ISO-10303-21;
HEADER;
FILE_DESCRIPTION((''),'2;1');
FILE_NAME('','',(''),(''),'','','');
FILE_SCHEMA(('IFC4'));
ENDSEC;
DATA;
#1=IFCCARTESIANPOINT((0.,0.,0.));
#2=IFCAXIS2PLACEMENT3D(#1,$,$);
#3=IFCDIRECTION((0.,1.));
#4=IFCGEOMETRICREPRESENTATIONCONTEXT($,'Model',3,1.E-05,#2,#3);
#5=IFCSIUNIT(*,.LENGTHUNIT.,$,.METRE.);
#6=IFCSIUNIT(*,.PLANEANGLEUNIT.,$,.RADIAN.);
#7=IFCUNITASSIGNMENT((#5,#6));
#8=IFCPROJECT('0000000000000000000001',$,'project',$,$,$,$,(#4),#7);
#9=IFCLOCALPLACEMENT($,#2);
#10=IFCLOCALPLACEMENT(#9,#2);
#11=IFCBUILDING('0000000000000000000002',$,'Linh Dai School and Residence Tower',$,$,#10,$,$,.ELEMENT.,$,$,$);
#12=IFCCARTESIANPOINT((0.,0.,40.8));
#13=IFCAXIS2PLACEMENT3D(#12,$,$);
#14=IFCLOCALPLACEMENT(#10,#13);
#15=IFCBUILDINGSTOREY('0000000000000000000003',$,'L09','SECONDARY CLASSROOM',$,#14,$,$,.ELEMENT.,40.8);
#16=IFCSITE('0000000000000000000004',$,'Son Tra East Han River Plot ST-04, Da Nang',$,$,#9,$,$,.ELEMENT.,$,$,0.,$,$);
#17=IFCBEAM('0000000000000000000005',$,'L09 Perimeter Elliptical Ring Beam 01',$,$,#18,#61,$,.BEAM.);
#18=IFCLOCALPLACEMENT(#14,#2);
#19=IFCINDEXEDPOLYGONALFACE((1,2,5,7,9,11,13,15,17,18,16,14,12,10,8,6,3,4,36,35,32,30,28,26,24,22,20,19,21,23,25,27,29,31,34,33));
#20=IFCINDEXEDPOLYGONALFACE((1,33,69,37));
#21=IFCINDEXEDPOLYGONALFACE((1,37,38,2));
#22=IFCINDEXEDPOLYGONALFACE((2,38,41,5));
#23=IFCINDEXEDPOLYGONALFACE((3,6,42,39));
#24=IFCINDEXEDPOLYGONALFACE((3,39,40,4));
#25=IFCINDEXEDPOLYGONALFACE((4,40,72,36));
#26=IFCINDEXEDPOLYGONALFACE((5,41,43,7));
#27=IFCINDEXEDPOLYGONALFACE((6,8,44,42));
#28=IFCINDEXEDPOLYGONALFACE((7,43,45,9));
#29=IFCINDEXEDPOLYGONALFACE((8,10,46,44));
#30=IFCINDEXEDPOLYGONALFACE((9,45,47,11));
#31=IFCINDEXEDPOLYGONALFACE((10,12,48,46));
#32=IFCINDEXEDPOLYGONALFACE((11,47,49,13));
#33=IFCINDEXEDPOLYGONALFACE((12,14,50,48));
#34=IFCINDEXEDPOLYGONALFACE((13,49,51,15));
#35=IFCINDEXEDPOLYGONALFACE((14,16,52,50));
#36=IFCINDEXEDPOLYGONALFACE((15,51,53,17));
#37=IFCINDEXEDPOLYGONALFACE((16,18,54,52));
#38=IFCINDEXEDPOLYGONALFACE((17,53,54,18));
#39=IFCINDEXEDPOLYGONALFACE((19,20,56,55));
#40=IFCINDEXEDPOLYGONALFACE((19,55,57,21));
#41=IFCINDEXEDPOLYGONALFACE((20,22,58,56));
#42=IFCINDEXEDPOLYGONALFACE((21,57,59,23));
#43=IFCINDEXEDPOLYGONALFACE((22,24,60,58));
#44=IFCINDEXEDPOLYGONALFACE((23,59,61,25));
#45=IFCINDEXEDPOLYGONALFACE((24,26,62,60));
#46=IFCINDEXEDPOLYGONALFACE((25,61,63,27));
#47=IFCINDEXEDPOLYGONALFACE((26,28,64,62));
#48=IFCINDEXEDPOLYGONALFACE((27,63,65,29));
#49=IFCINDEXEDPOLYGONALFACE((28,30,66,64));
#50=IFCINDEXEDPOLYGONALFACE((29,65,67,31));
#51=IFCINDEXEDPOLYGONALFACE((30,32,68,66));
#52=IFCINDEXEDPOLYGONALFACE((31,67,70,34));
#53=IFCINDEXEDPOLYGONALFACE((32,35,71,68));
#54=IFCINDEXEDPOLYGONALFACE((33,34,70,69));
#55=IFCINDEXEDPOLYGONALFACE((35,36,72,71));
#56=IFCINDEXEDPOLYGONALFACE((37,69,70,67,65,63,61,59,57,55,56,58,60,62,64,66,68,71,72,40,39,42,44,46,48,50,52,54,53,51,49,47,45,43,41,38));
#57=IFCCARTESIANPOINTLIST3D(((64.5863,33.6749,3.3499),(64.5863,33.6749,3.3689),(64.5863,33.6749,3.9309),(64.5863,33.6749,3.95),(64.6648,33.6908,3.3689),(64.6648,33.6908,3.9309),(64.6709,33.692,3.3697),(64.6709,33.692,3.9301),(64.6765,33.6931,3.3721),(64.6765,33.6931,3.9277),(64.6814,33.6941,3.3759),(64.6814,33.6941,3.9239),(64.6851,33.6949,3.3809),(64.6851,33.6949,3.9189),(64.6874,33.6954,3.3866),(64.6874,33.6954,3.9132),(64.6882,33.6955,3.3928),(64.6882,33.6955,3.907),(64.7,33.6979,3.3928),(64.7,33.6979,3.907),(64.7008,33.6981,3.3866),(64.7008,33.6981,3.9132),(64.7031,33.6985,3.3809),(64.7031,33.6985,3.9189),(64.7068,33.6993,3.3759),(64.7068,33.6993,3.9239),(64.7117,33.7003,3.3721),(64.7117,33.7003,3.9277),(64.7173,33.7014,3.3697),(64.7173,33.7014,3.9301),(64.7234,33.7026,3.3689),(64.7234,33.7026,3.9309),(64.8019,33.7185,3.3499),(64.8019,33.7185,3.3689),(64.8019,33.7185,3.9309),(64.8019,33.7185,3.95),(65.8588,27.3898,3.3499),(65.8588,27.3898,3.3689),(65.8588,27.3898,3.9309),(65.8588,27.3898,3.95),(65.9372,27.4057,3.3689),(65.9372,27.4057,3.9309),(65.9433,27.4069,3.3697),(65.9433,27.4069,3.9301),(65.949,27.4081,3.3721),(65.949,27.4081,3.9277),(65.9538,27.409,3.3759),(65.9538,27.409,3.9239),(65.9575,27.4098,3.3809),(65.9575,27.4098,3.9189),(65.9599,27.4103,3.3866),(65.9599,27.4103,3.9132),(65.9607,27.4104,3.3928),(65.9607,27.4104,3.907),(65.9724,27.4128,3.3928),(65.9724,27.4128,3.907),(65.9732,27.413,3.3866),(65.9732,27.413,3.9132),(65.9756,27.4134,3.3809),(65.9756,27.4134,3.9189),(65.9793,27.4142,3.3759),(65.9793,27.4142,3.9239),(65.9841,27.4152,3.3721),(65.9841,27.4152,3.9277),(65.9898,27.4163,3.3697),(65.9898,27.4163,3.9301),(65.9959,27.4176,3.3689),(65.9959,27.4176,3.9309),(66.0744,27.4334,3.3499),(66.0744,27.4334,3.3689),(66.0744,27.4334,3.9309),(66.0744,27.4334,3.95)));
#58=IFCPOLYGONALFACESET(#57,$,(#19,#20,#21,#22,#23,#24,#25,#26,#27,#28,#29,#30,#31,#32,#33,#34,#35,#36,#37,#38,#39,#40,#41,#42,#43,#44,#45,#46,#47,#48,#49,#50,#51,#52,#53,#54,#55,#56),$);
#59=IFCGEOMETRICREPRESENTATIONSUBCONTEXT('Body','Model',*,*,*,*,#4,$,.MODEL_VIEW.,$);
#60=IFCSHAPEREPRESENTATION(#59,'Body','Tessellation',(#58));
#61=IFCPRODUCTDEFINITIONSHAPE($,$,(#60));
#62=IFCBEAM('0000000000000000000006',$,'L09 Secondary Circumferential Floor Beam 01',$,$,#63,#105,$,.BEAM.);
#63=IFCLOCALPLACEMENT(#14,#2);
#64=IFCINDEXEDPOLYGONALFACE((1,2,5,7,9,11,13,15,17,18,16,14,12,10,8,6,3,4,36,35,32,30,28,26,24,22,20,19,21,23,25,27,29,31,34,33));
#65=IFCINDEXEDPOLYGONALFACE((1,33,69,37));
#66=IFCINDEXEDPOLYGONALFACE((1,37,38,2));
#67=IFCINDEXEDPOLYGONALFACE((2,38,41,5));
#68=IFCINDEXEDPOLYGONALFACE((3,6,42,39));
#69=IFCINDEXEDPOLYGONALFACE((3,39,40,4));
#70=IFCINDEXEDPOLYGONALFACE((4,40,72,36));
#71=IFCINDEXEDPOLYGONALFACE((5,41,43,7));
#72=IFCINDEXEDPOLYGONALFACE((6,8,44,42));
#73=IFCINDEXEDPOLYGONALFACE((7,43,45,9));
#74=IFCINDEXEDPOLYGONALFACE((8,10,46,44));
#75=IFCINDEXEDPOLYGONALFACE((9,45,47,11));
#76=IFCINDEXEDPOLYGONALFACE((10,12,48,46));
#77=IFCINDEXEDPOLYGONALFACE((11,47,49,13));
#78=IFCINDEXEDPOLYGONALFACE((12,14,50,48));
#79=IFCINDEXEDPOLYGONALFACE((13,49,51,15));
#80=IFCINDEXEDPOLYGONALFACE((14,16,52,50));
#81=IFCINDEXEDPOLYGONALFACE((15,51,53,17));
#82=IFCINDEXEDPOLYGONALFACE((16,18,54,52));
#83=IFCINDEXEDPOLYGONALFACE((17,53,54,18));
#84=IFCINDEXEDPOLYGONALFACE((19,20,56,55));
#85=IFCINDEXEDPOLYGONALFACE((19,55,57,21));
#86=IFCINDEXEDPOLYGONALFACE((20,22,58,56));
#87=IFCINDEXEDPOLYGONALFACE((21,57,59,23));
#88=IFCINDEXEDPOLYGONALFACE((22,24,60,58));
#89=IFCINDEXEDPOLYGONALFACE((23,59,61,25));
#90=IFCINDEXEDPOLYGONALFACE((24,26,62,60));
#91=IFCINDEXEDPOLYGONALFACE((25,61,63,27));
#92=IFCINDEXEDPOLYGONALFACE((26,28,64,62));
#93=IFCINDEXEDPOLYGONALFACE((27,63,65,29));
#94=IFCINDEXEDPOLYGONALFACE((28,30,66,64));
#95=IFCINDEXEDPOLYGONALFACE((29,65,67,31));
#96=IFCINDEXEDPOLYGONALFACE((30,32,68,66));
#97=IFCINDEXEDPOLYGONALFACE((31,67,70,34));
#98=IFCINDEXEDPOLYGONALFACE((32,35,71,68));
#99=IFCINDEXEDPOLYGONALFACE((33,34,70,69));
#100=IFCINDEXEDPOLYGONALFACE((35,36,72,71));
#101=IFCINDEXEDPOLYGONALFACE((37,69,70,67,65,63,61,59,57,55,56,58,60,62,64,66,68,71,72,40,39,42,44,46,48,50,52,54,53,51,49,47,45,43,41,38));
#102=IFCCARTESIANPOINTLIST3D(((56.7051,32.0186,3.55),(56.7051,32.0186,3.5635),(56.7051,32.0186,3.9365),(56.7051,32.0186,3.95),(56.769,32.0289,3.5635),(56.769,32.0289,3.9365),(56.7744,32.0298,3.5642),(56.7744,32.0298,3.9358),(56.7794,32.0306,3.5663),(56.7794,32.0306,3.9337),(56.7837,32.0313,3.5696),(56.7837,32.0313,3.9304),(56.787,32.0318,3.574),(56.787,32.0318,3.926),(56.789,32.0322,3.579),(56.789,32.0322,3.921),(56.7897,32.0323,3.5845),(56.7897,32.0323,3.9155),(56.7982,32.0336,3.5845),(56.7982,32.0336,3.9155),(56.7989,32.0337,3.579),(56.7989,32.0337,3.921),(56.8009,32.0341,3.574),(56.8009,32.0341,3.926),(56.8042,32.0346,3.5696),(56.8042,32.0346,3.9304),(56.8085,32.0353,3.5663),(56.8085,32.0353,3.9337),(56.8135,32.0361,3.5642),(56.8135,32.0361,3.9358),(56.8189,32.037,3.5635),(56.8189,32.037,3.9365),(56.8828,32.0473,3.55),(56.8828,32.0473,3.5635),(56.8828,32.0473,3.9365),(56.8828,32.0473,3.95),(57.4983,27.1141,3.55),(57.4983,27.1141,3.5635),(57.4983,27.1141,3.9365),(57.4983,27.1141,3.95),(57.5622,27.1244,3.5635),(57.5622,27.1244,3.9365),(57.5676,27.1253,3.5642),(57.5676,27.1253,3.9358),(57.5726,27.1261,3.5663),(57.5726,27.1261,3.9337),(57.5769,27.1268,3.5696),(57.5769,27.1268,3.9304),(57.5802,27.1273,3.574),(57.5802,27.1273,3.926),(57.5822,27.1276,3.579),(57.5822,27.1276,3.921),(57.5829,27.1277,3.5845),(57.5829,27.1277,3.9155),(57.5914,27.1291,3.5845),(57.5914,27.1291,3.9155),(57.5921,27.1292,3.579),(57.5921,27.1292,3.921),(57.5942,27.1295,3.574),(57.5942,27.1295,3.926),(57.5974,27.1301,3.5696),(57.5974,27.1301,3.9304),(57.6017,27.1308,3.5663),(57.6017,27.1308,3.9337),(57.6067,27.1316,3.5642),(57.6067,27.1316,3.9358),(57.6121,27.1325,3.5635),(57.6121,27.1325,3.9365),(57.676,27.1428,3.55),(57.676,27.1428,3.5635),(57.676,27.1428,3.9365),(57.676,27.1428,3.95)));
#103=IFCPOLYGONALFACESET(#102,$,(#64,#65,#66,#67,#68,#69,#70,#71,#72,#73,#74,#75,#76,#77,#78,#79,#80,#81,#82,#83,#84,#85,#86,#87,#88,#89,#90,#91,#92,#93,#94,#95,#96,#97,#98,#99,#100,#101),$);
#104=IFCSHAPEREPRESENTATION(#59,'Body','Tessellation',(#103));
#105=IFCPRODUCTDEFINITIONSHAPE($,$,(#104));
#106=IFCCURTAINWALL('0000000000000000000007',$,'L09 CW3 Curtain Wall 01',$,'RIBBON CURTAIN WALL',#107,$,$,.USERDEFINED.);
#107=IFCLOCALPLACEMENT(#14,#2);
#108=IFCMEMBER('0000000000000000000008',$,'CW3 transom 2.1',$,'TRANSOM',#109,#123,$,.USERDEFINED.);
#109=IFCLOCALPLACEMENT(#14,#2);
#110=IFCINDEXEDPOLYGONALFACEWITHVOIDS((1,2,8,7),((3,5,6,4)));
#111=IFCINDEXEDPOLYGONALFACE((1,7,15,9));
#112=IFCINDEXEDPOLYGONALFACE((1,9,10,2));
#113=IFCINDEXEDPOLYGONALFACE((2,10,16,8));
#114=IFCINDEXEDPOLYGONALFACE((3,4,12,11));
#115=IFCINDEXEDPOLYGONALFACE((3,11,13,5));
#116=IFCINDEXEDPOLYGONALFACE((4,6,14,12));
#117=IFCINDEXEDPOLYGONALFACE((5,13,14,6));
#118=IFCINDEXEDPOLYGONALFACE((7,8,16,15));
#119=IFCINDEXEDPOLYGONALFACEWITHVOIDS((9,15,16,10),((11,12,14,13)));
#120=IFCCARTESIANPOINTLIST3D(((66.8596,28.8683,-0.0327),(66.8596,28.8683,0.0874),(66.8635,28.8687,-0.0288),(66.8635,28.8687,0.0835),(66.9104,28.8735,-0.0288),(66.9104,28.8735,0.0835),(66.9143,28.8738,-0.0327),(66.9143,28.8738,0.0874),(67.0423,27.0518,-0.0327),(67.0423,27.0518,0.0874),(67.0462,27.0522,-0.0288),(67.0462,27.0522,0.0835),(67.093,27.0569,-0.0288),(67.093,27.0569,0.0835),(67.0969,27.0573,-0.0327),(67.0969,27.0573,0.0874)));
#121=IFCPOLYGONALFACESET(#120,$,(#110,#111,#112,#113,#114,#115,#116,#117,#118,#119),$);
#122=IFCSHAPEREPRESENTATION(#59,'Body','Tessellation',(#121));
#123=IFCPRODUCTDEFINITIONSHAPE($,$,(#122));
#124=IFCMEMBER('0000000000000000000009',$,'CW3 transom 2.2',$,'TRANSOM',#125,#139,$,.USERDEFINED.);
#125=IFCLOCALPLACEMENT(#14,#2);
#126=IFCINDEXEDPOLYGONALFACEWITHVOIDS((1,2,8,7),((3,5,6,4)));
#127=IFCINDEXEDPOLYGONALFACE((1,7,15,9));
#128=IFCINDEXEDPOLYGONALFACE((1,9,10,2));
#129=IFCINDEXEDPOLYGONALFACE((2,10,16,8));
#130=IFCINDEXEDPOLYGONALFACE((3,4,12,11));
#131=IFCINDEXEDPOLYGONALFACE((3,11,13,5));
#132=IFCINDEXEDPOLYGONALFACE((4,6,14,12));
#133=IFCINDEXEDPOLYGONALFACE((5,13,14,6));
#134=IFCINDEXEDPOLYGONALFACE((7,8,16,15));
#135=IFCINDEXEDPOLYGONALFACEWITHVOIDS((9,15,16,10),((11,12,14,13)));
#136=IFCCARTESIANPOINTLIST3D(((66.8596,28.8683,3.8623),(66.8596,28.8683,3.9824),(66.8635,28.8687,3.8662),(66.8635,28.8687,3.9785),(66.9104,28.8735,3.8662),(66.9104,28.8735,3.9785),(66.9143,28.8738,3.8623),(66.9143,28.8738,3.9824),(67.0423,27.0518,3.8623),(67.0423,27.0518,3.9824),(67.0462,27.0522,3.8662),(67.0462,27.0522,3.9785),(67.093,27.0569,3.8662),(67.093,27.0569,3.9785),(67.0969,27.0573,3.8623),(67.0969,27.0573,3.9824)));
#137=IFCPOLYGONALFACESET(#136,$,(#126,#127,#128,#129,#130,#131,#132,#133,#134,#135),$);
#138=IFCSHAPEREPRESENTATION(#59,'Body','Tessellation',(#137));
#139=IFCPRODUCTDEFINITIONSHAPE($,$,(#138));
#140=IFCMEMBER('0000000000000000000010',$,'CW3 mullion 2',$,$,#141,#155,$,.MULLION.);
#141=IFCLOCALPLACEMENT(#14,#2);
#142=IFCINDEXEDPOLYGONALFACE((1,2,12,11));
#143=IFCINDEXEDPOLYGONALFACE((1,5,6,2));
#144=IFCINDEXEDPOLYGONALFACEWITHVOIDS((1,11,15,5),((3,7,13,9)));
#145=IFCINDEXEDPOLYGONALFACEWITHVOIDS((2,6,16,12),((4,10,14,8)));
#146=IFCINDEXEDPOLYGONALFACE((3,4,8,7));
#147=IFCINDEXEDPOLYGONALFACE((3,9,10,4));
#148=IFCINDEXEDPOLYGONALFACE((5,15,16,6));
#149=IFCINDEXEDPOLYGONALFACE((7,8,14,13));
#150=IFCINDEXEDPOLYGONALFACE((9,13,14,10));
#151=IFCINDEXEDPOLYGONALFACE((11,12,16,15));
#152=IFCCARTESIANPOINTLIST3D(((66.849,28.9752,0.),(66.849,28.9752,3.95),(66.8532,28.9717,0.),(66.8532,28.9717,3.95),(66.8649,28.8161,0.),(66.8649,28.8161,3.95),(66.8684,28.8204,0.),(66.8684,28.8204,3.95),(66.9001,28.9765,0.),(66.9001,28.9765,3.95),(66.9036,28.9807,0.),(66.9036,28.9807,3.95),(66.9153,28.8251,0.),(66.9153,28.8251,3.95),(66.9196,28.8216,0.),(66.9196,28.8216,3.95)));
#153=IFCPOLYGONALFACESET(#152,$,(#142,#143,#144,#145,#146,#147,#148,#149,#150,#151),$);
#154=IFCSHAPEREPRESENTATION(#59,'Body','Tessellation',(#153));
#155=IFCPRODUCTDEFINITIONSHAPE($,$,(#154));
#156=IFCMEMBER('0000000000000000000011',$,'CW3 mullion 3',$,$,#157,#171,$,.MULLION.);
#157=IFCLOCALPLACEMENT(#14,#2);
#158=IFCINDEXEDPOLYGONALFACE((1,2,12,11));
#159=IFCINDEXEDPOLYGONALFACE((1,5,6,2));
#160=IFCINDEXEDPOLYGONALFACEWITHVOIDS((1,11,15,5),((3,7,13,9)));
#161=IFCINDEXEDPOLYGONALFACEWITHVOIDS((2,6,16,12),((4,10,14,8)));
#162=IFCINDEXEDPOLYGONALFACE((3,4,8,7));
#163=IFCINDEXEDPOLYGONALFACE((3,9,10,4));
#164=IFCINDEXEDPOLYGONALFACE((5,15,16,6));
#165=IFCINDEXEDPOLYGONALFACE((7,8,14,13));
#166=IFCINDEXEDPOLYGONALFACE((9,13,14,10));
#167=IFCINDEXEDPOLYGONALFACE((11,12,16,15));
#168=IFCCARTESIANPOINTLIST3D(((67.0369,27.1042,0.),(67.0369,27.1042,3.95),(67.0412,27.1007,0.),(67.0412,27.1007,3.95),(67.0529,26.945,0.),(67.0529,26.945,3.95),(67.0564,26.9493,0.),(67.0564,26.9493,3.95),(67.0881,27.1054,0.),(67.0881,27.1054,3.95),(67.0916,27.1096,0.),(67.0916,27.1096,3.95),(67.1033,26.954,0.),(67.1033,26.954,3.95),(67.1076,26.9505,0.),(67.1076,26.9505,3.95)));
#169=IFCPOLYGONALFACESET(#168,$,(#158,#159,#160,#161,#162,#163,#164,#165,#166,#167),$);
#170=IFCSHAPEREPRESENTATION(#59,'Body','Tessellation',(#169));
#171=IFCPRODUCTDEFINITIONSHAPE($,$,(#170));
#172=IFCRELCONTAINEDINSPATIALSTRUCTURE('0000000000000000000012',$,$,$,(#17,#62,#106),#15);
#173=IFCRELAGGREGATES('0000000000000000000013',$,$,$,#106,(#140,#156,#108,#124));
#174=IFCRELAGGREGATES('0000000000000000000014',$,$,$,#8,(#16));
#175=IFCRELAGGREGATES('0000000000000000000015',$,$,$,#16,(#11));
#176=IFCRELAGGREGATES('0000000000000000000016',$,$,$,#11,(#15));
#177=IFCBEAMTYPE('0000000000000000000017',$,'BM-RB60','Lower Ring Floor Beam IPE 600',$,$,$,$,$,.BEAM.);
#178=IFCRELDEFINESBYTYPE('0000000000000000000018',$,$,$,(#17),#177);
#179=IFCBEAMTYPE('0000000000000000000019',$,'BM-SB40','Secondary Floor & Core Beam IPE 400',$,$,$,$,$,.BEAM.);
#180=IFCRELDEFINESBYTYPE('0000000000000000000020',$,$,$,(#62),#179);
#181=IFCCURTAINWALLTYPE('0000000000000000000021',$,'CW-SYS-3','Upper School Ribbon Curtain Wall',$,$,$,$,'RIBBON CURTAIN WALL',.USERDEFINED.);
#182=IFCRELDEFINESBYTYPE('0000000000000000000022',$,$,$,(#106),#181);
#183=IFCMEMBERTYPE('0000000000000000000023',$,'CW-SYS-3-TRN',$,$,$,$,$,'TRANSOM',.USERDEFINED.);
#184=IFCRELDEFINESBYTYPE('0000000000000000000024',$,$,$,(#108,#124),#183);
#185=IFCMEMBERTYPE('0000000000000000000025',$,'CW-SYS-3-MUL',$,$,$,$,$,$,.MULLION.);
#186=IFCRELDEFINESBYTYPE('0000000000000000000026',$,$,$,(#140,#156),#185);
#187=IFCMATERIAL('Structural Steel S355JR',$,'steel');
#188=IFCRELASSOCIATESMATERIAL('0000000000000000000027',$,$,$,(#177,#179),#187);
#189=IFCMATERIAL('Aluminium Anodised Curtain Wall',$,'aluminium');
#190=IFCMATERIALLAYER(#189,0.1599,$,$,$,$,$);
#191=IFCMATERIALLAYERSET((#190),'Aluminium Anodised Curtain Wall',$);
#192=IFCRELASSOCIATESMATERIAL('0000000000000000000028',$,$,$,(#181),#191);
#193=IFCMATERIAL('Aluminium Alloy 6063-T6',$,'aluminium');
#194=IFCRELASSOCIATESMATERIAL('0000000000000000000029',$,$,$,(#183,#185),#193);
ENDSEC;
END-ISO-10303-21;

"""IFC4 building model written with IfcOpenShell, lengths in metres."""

from ifc_helpers import new_model, si_unit, direction, frame, origin, origin_2d, place, context, subcontext, project, spatial, hollow_rectangle, i_section, extrude, source, transform, mapped, material, layer, layer_set, material_profile, profile_set, type_object, element, aggregate, save


model = new_model("IFC4")

# Units and contexts
model_context = context("Model", 3, precision=1e-05, world=origin(), true_north=direction((0.0, 1.0)))
body_context = subcontext(model_context, "Body", "Model", "MODEL_VIEW")
ifc_project = project(units=[si_unit("LENGTHUNIT", "METRE"), si_unit("PLANEANGLEUNIT", "RADIAN")], contexts=[model_context])

# Site, building, storey
site_placement = place(None, origin())
site = spatial("IfcSite", under=ifc_project, at=site_placement, Name="Son Tra East Han River Plot ST-04, Da Nang", CompositionType="ELEMENT", RefElevation=0.0)
building_placement = place(site_placement, origin())
building = spatial("IfcBuilding", under=site, at=building_placement, Name="Linh Dai School and Residence Tower", CompositionType="ELEMENT")
storey_placement = place(building_placement, frame((0.0, 0.0, 40.8)))
storey = spatial("IfcBuildingStorey", under=building, at=storey_placement, Name="L09", Description="SECONDARY CLASSROOM", CompositionType="ELEMENT", Elevation=40.8)

# Shared definitions
ifc_material_1 = material(Name="Structural Steel S355JR", Category="steel")

# Beams
ifc_material_profile_1 = material_profile(ifc_material_1, i_section(OverallWidth=0.22, OverallDepth=0.6001, WebThickness=0.012, FlangeThickness=0.019, FilletRadius=0.0239, at=origin_2d()), Name="IPE 600")
ifc_profile_set_1 = profile_set([ifc_material_profile_1], Name="Structural Steel S355JR")
beam_type_1 = type_object("IfcBeamType", Name="BM-RB60", Description="Lower Ring Floor Beam IPE 600", PredefinedType="BEAM", material=ifc_profile_set_1)
beam_1_placement = place(storey_placement, frame((65.9666, 27.4116, 3.6499), z_axis=(-0.198429, 0.980115, 0.0), x_axis=(-0.980115, -0.198429, 0.0)))
element("IfcBeam", 1, at=beam_1_placement, inside=storey, type_object=beam_type_1, Name="L09 Perimeter Elliptical Ring Beam 01", PredefinedType="BEAM", context=body_context, shape_type="SweptSolid", body=[
    extrude(i_section(OverallWidth=0.22, OverallDepth=0.6001, WebThickness=0.012, FlangeThickness=0.019, FilletRadius=0.0239, at=origin_2d()), origin(), (0.0, 0.0, 1.0), 6.4126),
])
ifc_material_profile_2 = material_profile(ifc_material_1, i_section(OverallWidth=0.1799, OverallDepth=0.3999, WebThickness=0.0085, FlangeThickness=0.0134, FilletRadius=0.021, at=origin_2d()), Name="IPE 400")
ifc_profile_set_2 = profile_set([ifc_material_profile_2], Name="Structural Steel S355JR")
beam_type_2 = type_object("IfcBeamType", Name="BM-SB40", Description="Secondary Floor & Core Beam IPE 400", PredefinedType="BEAM", material=ifc_profile_set_2)
beam_2_placement = place(storey_placement, frame((57.5872, 27.1284, 3.75), z_axis=(-0.159656, 0.987173, 0.0), x_axis=(-0.987173, -0.159656, 0.0)))
element("IfcBeam", 2, at=beam_2_placement, inside=storey, type_object=beam_type_2, Name="L09 Secondary Circumferential Floor Beam 01", PredefinedType="BEAM", context=body_context, shape_type="SweptSolid", body=[
    extrude(i_section(OverallWidth=0.1799, OverallDepth=0.3999, WebThickness=0.0085, FlangeThickness=0.0134, FilletRadius=0.021, at=origin_2d()), origin(), (0.0, 0.0, 1.0), 4.9683),
])

# Curtain wall, members
ifc_material_2 = material(Name="Aluminium Anodised Curtain Wall", Category="aluminium")
ifc_layer_1 = layer(ifc_material_2, 0.1599)
ifc_layer_set_1 = layer_set([ifc_layer_1], Name="Aluminium Anodised Curtain Wall")
curtain_wall_type = type_object("IfcCurtainWallType", Name="CW-SYS-3", Description="Upper School Ribbon Curtain Wall", ElementType="RIBBON CURTAIN WALL", PredefinedType="USERDEFINED", material=ifc_layer_set_1)
curtain_wall_placement = place(storey_placement, origin())
curtain_wall = element("IfcCurtainWall", 3, at=curtain_wall_placement, inside=storey, type_object=curtain_wall_type, Name="L09 CW3 Curtain Wall 01", ObjectType="RIBBON CURTAIN WALL", PredefinedType="USERDEFINED")
ifc_material_3 = material(Name="Aluminium Alloy 6063-T6", Category="aluminium")
ifc_material_profile_3 = material_profile(ifc_material_3, hollow_rectangle(XDim=0.0549, YDim=0.1201, WallThickness=0.0039, at=origin_2d()), Name="RHS 120x55x4")
ifc_profile_set_3 = profile_set([ifc_material_profile_3], Name="Aluminium Alloy 6063-T6")
member_type_1 = type_object("IfcMemberType", Name="CW-SYS-3-TRN", ElementType="TRANSOM", PredefinedType="USERDEFINED", material=ifc_profile_set_3)
shared_shape_1 = source(origin(), body_context, "Body", "SweptSolid", [
    extrude(hollow_rectangle(XDim=0.0549, YDim=0.1201, WallThickness=0.0039, at=origin_2d()), origin(), (0.0, 0.0, 1.0), 1.8257),
])
member_1_placement = place(storey_placement, frame((66.887, 28.8711, 0.0273), z_axis=(0.100033, -0.994984, 0.0), x_axis=(0.994984, 0.100033, 0.0)))
member_1 = element("IfcMember", 4, at=member_1_placement, type_object=member_type_1, Name="CW3 transom 2.1", ObjectType="TRANSOM", PredefinedType="USERDEFINED", context=body_context, shape_type="MappedRepresentation", body=[
    mapped(shared_shape_1, transform((0.0, 0.0, 0.0), x_axis=(1.0, 0.0, 0.0), y_axis=(0.0, 1.0, 0.0), z_axis=(0.0, 0.0, 1.0), scale=1.0)),
])
member_2_placement = place(storey_placement, frame((66.887, 28.8711, 3.9224), z_axis=(0.100033, -0.994984, 0.0), x_axis=(0.994984, 0.100033, 0.0)))
member_2 = element("IfcMember", 5, at=member_2_placement, type_object=member_type_1, Name="CW3 transom 2.2", ObjectType="TRANSOM", PredefinedType="USERDEFINED", context=body_context, shape_type="MappedRepresentation", body=[
    mapped(shared_shape_1, transform((0.0, 0.0, 0.0), x_axis=(1.0, 0.0, 0.0), y_axis=(0.0, 1.0, 0.0), z_axis=(0.0, 0.0, 1.0), scale=1.0)),
])
ifc_material_profile_4 = material_profile(ifc_material_3, hollow_rectangle(XDim=0.0549, YDim=0.1599, WallThickness=0.0039, at=origin_2d()), Name="RHS 160x55x4")
ifc_profile_set_4 = profile_set([ifc_material_profile_4], Name="Aluminium Alloy 6063-T6")
member_type_2 = type_object("IfcMemberType", Name="CW-SYS-3-MUL", PredefinedType="MULLION", material=ifc_profile_set_4)
shared_shape_2 = source(origin(), body_context, "Body", "SweptSolid", [
    extrude(hollow_rectangle(XDim=0.0549, YDim=0.1599, WallThickness=0.0039, at=origin_2d()), origin(), (0.0, 0.0, 1.0), 3.95),
])
member_3_placement = place(storey_placement, frame((66.8843, 28.8984, 0.0), z_axis=(0.0, 0.0, 1.0), x_axis=(0.994986, 0.100009, 0.0)))
member_3 = element("IfcMember", 6, at=member_3_placement, type_object=member_type_2, Name="CW3 mullion 2", PredefinedType="MULLION", context=body_context, shape_type="MappedRepresentation", body=[
    mapped(shared_shape_2, transform((0.0, 0.0, 0.0), x_axis=(1.0, 0.0, 0.0), y_axis=(0.0, 1.0, 0.0), z_axis=(0.0, 0.0, 1.0), scale=1.0)),
])
member_4_placement = place(storey_placement, frame((67.0723, 27.0273, 0.0), z_axis=(0.0, 0.0, 1.0), x_axis=(0.994986, 0.100009, 0.0)))
member_4 = element("IfcMember", 7, at=member_4_placement, type_object=member_type_2, Name="CW3 mullion 3", PredefinedType="MULLION", context=body_context, shape_type="MappedRepresentation", body=[
    mapped(shared_shape_2, transform((0.0, 0.0, 0.0), x_axis=(1.0, 0.0, 0.0), y_axis=(0.0, 1.0, 0.0), z_axis=(0.0, 0.0, 1.0), scale=1.0)),
])
aggregate(curtain_wall, [member_3, member_4, member_1, member_2])

save(model, "model.ifc")
